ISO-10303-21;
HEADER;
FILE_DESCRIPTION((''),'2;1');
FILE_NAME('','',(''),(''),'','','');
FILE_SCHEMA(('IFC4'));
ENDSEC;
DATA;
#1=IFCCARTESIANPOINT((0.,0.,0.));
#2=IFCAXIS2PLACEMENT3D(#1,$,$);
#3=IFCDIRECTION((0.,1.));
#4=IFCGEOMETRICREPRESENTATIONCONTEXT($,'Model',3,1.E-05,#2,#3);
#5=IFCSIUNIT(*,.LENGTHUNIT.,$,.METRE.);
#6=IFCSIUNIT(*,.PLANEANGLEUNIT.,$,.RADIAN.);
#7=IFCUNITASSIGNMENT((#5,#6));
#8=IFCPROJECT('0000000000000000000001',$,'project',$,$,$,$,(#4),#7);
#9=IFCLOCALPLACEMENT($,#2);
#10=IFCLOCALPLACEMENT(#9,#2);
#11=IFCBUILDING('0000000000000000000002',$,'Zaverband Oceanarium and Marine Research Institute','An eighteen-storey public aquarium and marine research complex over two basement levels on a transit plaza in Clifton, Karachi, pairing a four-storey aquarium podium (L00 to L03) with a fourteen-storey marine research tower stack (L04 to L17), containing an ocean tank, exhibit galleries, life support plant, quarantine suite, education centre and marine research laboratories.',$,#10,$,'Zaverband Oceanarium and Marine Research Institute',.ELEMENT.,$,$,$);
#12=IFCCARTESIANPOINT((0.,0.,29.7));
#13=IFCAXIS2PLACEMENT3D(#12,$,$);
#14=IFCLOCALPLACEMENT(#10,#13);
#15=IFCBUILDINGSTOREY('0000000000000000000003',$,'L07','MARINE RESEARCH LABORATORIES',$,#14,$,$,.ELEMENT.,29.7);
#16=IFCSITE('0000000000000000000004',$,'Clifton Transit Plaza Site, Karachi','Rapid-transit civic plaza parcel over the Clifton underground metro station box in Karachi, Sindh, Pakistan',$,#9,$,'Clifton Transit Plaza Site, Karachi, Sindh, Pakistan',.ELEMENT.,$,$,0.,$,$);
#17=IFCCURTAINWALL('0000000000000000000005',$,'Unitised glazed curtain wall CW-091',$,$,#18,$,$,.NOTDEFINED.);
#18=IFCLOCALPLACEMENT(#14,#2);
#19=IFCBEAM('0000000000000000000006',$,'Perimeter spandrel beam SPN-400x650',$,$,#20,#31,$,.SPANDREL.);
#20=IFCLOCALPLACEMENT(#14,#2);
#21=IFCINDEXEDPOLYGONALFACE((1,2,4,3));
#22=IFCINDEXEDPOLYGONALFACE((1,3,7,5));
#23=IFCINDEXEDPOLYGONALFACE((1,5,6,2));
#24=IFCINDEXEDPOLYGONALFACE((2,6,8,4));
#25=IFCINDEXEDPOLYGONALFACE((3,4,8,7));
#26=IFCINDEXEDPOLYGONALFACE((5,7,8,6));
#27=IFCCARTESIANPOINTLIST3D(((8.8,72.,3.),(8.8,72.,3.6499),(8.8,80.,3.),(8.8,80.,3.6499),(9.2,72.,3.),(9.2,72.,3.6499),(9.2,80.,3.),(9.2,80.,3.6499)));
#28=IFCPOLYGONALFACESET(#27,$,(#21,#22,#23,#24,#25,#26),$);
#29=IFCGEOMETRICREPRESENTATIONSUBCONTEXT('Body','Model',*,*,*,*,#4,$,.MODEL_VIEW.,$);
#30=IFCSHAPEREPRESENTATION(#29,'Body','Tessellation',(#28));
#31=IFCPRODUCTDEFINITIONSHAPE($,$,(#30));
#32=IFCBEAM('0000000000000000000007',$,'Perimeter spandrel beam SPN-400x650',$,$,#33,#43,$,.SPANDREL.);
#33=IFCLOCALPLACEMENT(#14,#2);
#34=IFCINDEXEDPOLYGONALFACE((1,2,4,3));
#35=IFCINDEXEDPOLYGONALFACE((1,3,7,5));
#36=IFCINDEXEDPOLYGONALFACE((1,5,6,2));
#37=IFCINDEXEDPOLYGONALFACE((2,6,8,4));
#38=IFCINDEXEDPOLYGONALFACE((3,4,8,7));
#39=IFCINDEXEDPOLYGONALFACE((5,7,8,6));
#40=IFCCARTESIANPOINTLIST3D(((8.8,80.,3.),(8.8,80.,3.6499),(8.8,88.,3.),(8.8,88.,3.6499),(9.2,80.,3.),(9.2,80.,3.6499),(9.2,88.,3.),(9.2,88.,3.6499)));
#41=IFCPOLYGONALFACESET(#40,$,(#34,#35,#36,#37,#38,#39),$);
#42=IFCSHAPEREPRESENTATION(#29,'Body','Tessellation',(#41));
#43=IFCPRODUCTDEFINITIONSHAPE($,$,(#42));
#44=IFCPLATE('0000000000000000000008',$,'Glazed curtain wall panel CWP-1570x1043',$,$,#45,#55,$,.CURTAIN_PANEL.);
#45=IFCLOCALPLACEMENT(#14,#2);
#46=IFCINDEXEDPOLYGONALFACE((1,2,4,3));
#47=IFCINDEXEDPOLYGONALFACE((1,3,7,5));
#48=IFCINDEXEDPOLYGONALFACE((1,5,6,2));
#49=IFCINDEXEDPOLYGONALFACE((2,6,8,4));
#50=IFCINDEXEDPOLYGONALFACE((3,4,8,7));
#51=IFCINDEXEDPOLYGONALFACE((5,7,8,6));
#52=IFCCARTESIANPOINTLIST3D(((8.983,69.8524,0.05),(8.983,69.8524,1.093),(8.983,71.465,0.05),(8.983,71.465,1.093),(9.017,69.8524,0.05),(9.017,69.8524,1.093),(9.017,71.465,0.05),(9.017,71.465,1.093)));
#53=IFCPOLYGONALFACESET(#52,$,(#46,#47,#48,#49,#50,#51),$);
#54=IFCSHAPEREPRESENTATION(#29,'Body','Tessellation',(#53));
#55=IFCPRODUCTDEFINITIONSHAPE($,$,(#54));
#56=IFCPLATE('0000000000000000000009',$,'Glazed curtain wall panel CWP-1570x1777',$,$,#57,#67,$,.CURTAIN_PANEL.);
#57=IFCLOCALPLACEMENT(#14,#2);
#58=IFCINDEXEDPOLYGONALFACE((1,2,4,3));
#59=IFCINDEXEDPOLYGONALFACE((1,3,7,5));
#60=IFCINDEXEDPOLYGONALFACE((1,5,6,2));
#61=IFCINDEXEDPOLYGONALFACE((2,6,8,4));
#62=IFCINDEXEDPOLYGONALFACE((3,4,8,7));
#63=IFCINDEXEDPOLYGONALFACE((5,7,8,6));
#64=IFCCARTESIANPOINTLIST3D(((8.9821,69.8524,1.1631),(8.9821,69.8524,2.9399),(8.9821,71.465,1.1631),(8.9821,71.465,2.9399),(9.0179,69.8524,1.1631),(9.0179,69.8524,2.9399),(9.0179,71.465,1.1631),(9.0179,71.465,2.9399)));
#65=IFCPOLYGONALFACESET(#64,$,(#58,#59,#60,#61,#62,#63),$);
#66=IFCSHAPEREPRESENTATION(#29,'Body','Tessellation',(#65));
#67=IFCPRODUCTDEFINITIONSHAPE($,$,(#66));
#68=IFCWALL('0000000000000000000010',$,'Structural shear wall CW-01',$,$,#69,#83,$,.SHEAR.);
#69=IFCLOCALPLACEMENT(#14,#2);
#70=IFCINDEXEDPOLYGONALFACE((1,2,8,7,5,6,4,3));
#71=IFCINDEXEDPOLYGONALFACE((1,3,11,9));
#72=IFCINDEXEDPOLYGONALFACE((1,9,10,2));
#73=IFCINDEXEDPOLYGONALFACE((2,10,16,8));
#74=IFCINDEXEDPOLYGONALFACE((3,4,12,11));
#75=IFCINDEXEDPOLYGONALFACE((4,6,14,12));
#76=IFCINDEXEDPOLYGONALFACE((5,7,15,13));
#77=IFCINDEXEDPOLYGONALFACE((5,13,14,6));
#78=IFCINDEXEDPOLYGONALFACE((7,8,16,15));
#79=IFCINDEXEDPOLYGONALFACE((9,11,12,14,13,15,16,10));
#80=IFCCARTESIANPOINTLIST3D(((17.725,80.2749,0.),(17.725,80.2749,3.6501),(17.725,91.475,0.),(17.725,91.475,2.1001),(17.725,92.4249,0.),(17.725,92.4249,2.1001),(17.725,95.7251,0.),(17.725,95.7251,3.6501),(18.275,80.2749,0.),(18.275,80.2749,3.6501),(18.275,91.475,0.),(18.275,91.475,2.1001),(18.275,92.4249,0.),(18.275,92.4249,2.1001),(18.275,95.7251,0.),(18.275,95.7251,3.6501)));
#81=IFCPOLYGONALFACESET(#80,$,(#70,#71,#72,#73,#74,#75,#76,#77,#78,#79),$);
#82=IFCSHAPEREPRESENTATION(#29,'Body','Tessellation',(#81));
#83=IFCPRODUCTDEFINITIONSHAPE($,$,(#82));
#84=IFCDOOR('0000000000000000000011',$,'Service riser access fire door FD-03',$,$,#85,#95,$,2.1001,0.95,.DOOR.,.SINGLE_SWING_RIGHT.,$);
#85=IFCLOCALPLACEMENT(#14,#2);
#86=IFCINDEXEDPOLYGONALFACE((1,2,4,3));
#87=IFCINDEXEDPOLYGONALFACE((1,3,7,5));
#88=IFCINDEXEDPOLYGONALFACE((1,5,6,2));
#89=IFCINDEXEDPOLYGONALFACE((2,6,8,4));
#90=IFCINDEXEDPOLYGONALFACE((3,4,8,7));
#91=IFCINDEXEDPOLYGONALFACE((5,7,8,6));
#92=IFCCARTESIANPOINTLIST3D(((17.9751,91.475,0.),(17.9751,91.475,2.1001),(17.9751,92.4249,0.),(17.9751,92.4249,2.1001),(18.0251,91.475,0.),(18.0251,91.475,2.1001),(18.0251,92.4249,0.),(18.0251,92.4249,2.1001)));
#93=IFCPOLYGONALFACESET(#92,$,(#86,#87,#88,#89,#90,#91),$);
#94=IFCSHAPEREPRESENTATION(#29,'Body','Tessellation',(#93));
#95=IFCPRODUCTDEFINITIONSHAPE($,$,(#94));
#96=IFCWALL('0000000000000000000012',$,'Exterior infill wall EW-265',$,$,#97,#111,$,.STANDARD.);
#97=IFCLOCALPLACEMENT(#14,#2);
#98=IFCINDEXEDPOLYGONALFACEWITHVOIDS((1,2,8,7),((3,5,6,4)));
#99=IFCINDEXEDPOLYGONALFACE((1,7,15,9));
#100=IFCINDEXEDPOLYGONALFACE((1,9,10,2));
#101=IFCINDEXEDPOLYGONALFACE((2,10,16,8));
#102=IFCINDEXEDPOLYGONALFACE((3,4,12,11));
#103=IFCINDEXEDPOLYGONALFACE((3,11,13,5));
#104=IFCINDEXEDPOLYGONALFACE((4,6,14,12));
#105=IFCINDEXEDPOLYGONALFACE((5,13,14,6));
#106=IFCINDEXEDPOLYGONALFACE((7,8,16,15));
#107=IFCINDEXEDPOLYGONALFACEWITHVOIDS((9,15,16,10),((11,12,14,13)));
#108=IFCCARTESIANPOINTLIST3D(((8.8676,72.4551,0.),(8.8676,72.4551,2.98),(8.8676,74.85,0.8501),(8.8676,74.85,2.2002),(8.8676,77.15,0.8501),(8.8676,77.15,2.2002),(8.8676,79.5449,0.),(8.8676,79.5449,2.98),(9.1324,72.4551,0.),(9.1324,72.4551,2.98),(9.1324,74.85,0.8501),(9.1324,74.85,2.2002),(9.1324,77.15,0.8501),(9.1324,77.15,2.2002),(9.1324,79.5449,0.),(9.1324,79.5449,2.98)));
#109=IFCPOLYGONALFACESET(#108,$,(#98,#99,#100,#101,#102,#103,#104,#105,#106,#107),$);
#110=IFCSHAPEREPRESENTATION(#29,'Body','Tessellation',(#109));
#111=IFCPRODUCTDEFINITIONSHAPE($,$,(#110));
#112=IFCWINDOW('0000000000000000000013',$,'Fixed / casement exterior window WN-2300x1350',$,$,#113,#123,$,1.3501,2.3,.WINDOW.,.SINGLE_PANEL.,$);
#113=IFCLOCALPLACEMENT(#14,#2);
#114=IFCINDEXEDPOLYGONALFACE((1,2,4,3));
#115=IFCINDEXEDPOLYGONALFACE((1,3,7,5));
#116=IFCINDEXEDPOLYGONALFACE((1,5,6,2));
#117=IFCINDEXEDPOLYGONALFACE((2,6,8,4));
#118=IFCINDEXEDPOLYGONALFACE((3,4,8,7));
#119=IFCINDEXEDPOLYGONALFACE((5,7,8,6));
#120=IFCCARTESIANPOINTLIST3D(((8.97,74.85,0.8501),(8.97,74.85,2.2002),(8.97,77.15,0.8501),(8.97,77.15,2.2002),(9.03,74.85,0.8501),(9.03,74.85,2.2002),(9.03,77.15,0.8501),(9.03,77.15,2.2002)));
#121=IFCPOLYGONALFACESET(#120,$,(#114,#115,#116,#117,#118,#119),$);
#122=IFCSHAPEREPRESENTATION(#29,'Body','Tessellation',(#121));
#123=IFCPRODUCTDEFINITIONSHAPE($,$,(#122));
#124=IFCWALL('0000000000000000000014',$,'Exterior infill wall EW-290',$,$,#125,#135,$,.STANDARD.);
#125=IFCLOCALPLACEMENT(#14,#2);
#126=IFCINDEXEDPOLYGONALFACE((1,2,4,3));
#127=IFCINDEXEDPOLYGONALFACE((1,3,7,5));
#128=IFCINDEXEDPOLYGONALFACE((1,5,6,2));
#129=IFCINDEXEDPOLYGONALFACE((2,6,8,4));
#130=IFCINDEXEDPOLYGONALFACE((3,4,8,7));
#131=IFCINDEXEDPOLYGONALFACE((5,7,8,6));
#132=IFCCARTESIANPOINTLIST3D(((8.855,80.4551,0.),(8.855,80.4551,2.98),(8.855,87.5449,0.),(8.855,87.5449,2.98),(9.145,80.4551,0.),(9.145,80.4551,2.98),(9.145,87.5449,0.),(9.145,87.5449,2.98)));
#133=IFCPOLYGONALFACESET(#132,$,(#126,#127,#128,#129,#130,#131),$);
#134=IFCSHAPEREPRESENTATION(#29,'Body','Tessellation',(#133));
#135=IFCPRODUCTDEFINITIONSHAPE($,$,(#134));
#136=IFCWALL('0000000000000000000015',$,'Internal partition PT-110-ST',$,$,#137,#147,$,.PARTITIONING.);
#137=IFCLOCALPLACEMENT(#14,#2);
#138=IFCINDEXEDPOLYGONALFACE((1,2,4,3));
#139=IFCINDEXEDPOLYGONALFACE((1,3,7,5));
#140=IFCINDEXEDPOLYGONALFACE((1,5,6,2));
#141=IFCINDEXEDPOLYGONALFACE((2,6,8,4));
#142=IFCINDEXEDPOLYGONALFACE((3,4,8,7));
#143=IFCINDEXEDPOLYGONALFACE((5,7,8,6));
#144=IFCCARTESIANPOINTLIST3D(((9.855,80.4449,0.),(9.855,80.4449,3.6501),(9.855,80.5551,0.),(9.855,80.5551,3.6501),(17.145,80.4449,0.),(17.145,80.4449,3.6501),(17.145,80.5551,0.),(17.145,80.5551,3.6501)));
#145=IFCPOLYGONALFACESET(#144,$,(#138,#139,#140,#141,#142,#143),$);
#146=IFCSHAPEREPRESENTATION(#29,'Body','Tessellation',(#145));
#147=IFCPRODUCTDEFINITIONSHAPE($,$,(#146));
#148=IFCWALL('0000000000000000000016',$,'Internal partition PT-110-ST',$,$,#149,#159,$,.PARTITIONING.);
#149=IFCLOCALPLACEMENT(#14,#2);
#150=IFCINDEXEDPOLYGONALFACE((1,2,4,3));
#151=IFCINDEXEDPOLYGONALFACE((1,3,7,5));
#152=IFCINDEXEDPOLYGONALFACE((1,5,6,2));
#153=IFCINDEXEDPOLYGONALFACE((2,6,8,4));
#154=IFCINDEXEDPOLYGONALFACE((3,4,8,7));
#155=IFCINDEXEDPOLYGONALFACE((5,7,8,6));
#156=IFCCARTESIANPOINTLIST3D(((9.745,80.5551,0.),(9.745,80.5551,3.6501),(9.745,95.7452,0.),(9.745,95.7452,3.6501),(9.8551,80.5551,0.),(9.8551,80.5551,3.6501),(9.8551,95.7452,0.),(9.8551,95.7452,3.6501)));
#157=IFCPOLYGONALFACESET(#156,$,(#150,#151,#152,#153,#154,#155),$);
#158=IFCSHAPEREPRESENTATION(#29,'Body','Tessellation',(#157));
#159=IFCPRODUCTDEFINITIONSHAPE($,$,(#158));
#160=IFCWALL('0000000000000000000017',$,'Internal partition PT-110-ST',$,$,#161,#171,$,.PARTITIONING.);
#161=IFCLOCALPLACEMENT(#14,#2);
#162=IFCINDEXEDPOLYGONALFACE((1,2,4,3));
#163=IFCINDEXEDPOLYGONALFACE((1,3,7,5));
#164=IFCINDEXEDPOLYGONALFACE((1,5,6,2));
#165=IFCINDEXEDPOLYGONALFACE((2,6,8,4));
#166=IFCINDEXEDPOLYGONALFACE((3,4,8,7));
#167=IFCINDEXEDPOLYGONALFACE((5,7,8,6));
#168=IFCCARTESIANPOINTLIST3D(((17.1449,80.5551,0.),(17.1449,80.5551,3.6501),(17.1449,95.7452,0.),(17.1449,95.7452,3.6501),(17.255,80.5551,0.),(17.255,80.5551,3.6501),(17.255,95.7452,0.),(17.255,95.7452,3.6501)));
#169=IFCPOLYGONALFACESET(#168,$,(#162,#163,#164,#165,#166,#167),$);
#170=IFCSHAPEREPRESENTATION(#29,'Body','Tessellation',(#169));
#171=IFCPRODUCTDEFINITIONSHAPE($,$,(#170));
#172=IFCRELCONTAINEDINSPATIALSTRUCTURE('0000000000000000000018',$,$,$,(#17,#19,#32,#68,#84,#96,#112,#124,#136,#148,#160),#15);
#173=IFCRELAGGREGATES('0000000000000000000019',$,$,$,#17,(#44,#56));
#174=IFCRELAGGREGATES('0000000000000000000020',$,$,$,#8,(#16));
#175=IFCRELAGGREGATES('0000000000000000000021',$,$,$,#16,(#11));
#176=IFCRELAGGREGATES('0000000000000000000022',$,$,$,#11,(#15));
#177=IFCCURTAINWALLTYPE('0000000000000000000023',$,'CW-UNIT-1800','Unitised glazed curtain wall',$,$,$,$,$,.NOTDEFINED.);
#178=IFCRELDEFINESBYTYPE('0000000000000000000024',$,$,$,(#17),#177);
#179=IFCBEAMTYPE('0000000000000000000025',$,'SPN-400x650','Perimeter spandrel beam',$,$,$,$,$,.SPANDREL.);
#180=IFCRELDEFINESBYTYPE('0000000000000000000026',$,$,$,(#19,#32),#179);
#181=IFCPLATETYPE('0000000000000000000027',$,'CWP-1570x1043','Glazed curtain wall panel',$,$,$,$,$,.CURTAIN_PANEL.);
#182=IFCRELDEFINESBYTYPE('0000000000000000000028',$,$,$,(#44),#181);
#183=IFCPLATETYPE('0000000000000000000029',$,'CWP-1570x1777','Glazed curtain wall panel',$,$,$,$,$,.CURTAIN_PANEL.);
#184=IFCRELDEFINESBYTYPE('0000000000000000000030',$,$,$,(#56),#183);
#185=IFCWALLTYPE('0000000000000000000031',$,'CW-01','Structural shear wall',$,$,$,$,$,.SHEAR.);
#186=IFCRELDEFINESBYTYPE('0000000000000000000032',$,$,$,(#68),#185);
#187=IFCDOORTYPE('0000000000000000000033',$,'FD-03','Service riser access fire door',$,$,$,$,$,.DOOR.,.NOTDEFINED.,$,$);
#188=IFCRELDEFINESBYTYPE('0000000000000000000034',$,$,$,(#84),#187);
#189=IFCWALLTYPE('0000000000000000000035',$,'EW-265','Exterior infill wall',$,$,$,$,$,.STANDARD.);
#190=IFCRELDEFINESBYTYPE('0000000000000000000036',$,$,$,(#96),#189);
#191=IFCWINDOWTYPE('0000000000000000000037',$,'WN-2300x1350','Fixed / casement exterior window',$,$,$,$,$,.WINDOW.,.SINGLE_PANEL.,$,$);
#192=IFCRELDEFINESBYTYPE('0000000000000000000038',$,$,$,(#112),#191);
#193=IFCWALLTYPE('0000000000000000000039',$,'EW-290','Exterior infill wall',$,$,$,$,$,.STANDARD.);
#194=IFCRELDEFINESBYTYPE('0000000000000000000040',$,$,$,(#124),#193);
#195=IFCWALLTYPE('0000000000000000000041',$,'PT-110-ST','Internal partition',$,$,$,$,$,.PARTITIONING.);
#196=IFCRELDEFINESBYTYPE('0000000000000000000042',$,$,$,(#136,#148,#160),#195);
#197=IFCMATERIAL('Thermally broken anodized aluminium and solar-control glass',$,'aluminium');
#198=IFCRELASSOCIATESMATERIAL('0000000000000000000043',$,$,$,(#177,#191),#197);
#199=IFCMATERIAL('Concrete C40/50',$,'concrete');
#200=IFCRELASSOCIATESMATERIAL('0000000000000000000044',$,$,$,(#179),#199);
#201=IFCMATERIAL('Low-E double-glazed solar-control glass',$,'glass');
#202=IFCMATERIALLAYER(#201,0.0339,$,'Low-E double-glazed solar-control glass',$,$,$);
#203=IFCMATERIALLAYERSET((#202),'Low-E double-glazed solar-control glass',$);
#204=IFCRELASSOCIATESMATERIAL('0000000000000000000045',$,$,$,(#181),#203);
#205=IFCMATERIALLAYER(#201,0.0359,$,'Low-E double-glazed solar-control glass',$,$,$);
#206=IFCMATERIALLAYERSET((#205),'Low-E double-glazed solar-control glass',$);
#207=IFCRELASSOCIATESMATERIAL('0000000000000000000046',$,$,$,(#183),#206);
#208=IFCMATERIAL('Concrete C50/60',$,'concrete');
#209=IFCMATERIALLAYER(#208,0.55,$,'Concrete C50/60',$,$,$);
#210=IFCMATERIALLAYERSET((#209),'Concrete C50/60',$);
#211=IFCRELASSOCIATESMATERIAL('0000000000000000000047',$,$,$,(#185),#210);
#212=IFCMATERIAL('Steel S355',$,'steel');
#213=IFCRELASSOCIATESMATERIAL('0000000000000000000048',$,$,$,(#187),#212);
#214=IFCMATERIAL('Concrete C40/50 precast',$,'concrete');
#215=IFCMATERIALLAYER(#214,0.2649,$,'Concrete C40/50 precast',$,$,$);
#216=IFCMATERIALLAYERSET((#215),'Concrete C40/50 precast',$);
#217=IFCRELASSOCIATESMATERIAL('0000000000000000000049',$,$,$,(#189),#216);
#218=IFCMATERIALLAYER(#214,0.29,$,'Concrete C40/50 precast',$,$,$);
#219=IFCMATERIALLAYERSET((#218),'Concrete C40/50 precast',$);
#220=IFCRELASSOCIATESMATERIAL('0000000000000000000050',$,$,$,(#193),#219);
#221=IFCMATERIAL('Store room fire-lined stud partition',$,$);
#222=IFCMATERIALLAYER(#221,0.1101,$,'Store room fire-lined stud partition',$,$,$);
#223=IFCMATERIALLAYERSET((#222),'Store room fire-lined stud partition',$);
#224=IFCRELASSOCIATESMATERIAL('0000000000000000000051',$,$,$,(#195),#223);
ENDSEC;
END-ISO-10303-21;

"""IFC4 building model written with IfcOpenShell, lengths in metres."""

from ifc_helpers import new_model, si_unit, direction, frame, frame_2d, origin, origin_2d, place, context, subcontext, project, spatial, rectangle, extrude, material, layer, layer_set, material_profile, profile_set, type_object, element, fill, aggregate, save


model = new_model("IFC4")

# Units and contexts
model_context = context("Model", 3, precision=1e-05, world=origin(), true_north=direction((0.0, 1.0)))
body_context = subcontext(model_context, "Body", "Model", "MODEL_VIEW")
ifc_project = project(units=[si_unit("LENGTHUNIT", "METRE"), si_unit("PLANEANGLEUNIT", "RADIAN")], contexts=[model_context])

# Site, building, storey
site_placement = place(None, origin())
site = spatial("IfcSite", under=ifc_project, at=site_placement, Name="Clifton Transit Plaza Site, Karachi", Description="Rapid-transit civic plaza parcel over the Clifton underground metro station box in Karachi, Sindh, Pakistan", LongName="Clifton Transit Plaza Site, Karachi, Sindh, Pakistan", CompositionType="ELEMENT", RefElevation=0.0)
building_placement = place(site_placement, origin())
building = spatial("IfcBuilding", under=site, at=building_placement, Name="Zaverband Oceanarium and Marine Research Institute", Description="An eighteen-storey public aquarium and marine research complex over two basement levels on a transit plaza in Clifton, Karachi, pairing a four-storey aquarium podium (L00 to L03) with a fourteen-storey marine research tower stack (L04 to L17), containing an ocean tank, exhibit galleries, life support plant, quarantine suite, education centre and marine research laboratories.", LongName="Zaverband Oceanarium and Marine Research Institute", CompositionType="ELEMENT")
storey_placement = place(building_placement, frame((0.0, 0.0, 29.7)))
storey = spatial("IfcBuildingStorey", under=building, at=storey_placement, Name="L07", Description="MARINE RESEARCH LABORATORIES", CompositionType="ELEMENT", Elevation=29.7)

# Shared definitions
ifc_material_1 = material(Name="Concrete C50/60", Category="concrete")

# Shared definitions
ifc_material_2 = material(Name="Concrete C40/50", Category="concrete")

# Shared definitions
ifc_material_3 = material(Name="Steel S355", Category="steel")

# Curtain wall
ifc_material_4 = material(Name="Thermally broken anodized aluminium and solar-control glass", Category="aluminium")
curtain_wall_type = type_object("IfcCurtainWallType", Name="CW-UNIT-1800", Description="Unitised glazed curtain wall", PredefinedType="NOTDEFINED", material=ifc_material_4)
curtain_wall_placement = place(storey_placement, origin())
curtain_wall = element("IfcCurtainWall", 1, at=curtain_wall_placement, inside=storey, type_object=curtain_wall_type, Name="Unitised glazed curtain wall CW-091", PredefinedType="NOTDEFINED")

# Beams
ifc_material_profile_1 = material_profile(ifc_material_2, rectangle(XDim=0.3999, YDim=0.6499, at=origin_2d()), Name="RC400x650")
ifc_profile_set_1 = profile_set([ifc_material_profile_1], Name="Concrete C40/50")
beam_type_1 = type_object("IfcBeamType", Name="SPN-400x650", Description="Perimeter spandrel beam", PredefinedType="SPANDREL", material=ifc_profile_set_1)
for number, where, z_axis, x_axis, name in (
    (2, (9.0, 72.0, 3.325), (0.0, 1.0, 0.0), (-1.0, 0.0, 0.0), "Perimeter spandrel beam SPN-400x650"),
    (3, (9.0, 80.0, 3.325), (0.0, 1.0, 0.0), (-1.0, 0.0, 0.0), "Perimeter spandrel beam SPN-400x650"),
):
    element("IfcBeam", number, at=place(storey_placement, frame(where, z_axis=z_axis, x_axis=x_axis)), inside=storey, type_object=beam_type_1, Name=name, PredefinedType="SPANDREL", context=body_context, shape_type="SweptSolid", body=[
        extrude(rectangle(XDim=0.3999, YDim=0.6499, at=origin_2d()), origin(), (0.0, 0.0, 1.0), 8.0),
    ])

# Plates
ifc_material_5 = material(Name="Low-E double-glazed solar-control glass", Category="glass")
ifc_layer_1 = layer(ifc_material_5, 0.0339, Name="Low-E double-glazed solar-control glass")
ifc_layer_set_1 = layer_set([ifc_layer_1], Name="Low-E double-glazed solar-control glass")
plate_type_1 = type_object("IfcPlateType", Name="CWP-1570x1043", Description="Glazed curtain wall panel", PredefinedType="CURTAIN_PANEL", material=ifc_layer_set_1)
plate_1_placement = place(storey_placement, frame((9.0, 69.8525, 0.05), z_axis=(0.0, 0.0, 1.0), x_axis=(0.0, 1.0, 0.0)))
plate_1 = element("IfcPlate", 4, at=plate_1_placement, type_object=plate_type_1, Name="Glazed curtain wall panel CWP-1570x1043", PredefinedType="CURTAIN_PANEL", context=body_context, shape_type="SweptSolid", body=[
    extrude(rectangle(XDim=1.6125, YDim=0.0339, at=frame_2d((0.8062, 0.0))), origin(), (0.0, 0.0, 1.0), 1.043),
])
ifc_layer_2 = layer(ifc_material_5, 0.0359, Name="Low-E double-glazed solar-control glass")
ifc_layer_set_2 = layer_set([ifc_layer_2], Name="Low-E double-glazed solar-control glass")
plate_type_2 = type_object("IfcPlateType", Name="CWP-1570x1777", Description="Glazed curtain wall panel", PredefinedType="CURTAIN_PANEL", material=ifc_layer_set_2)
plate_2_placement = place(storey_placement, frame((9.0, 69.8525, 1.1631), z_axis=(0.0, 0.0, 1.0), x_axis=(0.0, 1.0, 0.0)))
plate_2 = element("IfcPlate", 5, at=plate_2_placement, type_object=plate_type_2, Name="Glazed curtain wall panel CWP-1570x1777", PredefinedType="CURTAIN_PANEL", context=body_context, shape_type="SweptSolid", body=[
    extrude(rectangle(XDim=1.6125, YDim=0.0359, at=frame_2d((0.8062, 0.0))), origin(), (0.0, 0.0, 1.0), 1.7769),
])
aggregate(curtain_wall, [plate_1, plate_2])

# Wall, opening, door
ifc_layer_3 = layer(ifc_material_1, 0.55, Name="Concrete C50/60")
ifc_layer_set_3 = layer_set([ifc_layer_3], Name="Concrete C50/60")
wall_type_1 = type_object("IfcWallType", Name="CW-01", Description="Structural shear wall", PredefinedType="SHEAR", material=ifc_layer_set_3)
wall_1_placement = place(storey_placement, frame((18.0, 80.2749, 0.0), z_axis=(0.0, 0.0, 1.0), x_axis=(0.0, 1.0, 0.0)))
wall_1 = element("IfcWall", 6, at=wall_1_placement, inside=storey, type_object=wall_type_1, Name="Structural shear wall CW-01", PredefinedType="SHEAR", context=body_context, shape_type="SweptSolid", body=[
    extrude(rectangle(XDim=15.4502, YDim=0.55, at=frame_2d((7.7251, 0.0))), origin(), (0.0, 0.0, 1.0), 3.6501),
])
opening_1_placement = place(wall_1_placement, frame((11.2, 0.0, 0.0)))
opening_1 = element("IfcOpeningElement", 7, at=opening_1_placement, cuts=wall_1, PredefinedType="OPENING", context=body_context, shape_type="SweptSolid", body=[
    extrude(rectangle(XDim=0.95, YDim=2.1001, at=frame_2d((0.4751, 1.05))), frame((0.0, 0.2871, 0.0), z_axis=(0.0, -1.0, 0.0), x_axis=(1.0, 0.0, 0.0)), (0.0, 0.0, 1.0), 0.574),
])
door_type = type_object("IfcDoorType", Name="FD-03", Description="Service riser access fire door", OperationType="NOTDEFINED", PredefinedType="DOOR", material=ifc_material_3)
door_placement = place(opening_1_placement, origin())
door = element("IfcDoor", 8, at=door_placement, inside=storey, type_object=door_type, Name="Service riser access fire door FD-03", OperationType="SINGLE_SWING_RIGHT", OverallHeight=2.1001, OverallWidth=0.95, PredefinedType="DOOR", context=body_context, shape_type="SweptSolid", body=[
    extrude(rectangle(XDim=0.95, YDim=2.1001, at=frame_2d((0.4751, 1.05))), frame((0.0, 0.0249, 0.0), z_axis=(0.0, -1.0, 0.0), x_axis=(1.0, 0.0, 0.0)), (0.0, 0.0, 1.0), 0.05),
])
fill(opening_1, door)

# Wall, opening, window
ifc_material_6 = material(Name="Concrete C40/50 precast", Category="concrete")
ifc_layer_4 = layer(ifc_material_6, 0.2649, Name="Concrete C40/50 precast")
ifc_layer_set_4 = layer_set([ifc_layer_4], Name="Concrete C40/50 precast")
wall_type_2 = type_object("IfcWallType", Name="EW-265", Description="Exterior infill wall", PredefinedType="STANDARD", material=ifc_layer_set_4)
wall_2_placement = place(storey_placement, frame((9.0, 72.4551, 0.0), z_axis=(0.0, 0.0, 1.0), x_axis=(0.0, 1.0, 0.0)))
wall_2 = element("IfcWall", 9, at=wall_2_placement, inside=storey, type_object=wall_type_2, Name="Exterior infill wall EW-265", PredefinedType="STANDARD", context=body_context, shape_type="SweptSolid", body=[
    extrude(rectangle(XDim=7.0898, YDim=0.2649, at=frame_2d((3.5449, 0.0))), origin(), (0.0, 0.0, 1.0), 2.98),
])
opening_2_placement = place(wall_2_placement, frame((2.395, 0.0, 0.8501)))
opening_2 = element("IfcOpeningElement", 10, at=opening_2_placement, cuts=wall_2, PredefinedType="OPENING", context=body_context, shape_type="SweptSolid", body=[
    extrude(rectangle(XDim=2.3, YDim=1.3501, at=frame_2d((1.1499, 0.675))), frame((0.0, 0.1445, 0.0), z_axis=(0.0, -1.0, 0.0), x_axis=(1.0, 0.0, 0.0)), (0.0, 0.0, 1.0), 0.2888),
])
window_type = type_object("IfcWindowType", Name="WN-2300x1350", Description="Fixed / casement exterior window", PartitioningType="SINGLE_PANEL", PredefinedType="WINDOW", material=ifc_material_4)
window_placement = place(opening_2_placement, origin())
window = element("IfcWindow", 11, at=window_placement, inside=storey, type_object=window_type, Name="Fixed / casement exterior window WN-2300x1350", OverallHeight=1.3501, OverallWidth=2.3, PartitioningType="SINGLE_PANEL", PredefinedType="WINDOW", context=body_context, shape_type="SweptSolid", body=[
    extrude(rectangle(XDim=2.3, YDim=1.3501, at=frame_2d((1.1499, 0.675))), frame((0.0, 0.03, 0.0), z_axis=(0.0, -1.0, 0.0), x_axis=(1.0, 0.0, 0.0)), (0.0, 0.0, 1.0), 0.0601),
])
fill(opening_2, window)

# Walls
ifc_layer_5 = layer(ifc_material_6, 0.29, Name="Concrete C40/50 precast")
ifc_layer_set_5 = layer_set([ifc_layer_5], Name="Concrete C40/50 precast")
wall_type_3 = type_object("IfcWallType", Name="EW-290", Description="Exterior infill wall", PredefinedType="STANDARD", material=ifc_layer_set_5)
wall_3_placement = place(storey_placement, frame((9.0, 80.4551, 0.0), z_axis=(0.0, 0.0, 1.0), x_axis=(0.0, 1.0, 0.0)))
element("IfcWall", 12, at=wall_3_placement, inside=storey, type_object=wall_type_3, Name="Exterior infill wall EW-290", PredefinedType="STANDARD", context=body_context, shape_type="SweptSolid", body=[
    extrude(rectangle(XDim=7.0898, YDim=0.29, at=frame_2d((3.5449, 0.0))), origin(), (0.0, 0.0, 1.0), 2.98),
])
ifc_material_7 = material(Name="Store room fire-lined stud partition")
ifc_layer_6 = layer(ifc_material_7, 0.1101, Name="Store room fire-lined stud partition")
ifc_layer_set_6 = layer_set([ifc_layer_6], Name="Store room fire-lined stud partition")
wall_type_4 = type_object("IfcWallType", Name="PT-110-ST", Description="Internal partition", PredefinedType="PARTITIONING", material=ifc_layer_set_6)
wall_4_placement = place(storey_placement, frame((9.855, 80.5, 0.0), z_axis=(0.0, 0.0, 1.0), x_axis=(1.0, 0.0, 0.0)))
element("IfcWall", 13, at=wall_4_placement, inside=storey, type_object=wall_type_4, Name="Internal partition PT-110-ST", PredefinedType="PARTITIONING", context=body_context, shape_type="SweptSolid", body=[
    extrude(rectangle(XDim=7.29, YDim=0.1101, at=frame_2d((3.645, 0.0))), origin(), (0.0, 0.0, 1.0), 3.6501),
])
for number, where, z_axis, x_axis, name in (
    (14, (9.8, 80.5549, 0.0), (0.0, 0.0, 1.0), (0.0, 1.0, 0.0), "Internal partition PT-110-ST"),
    (15, (17.2, 80.5549, 0.0), (0.0, 0.0, 1.0), (0.0, 1.0, 0.0), "Internal partition PT-110-ST"),
):
    element("IfcWall", number, at=place(storey_placement, frame(where, z_axis=z_axis, x_axis=x_axis)), inside=storey, type_object=wall_type_4, Name=name, PredefinedType="PARTITIONING", context=body_context, shape_type="SweptSolid", body=[
        extrude(rectangle(XDim=15.1902, YDim=0.1101, at=frame_2d((7.5952, 0.0))), origin(), (0.0, 0.0, 1.0), 3.6501),
    ])

save(model, "model.ifc")
